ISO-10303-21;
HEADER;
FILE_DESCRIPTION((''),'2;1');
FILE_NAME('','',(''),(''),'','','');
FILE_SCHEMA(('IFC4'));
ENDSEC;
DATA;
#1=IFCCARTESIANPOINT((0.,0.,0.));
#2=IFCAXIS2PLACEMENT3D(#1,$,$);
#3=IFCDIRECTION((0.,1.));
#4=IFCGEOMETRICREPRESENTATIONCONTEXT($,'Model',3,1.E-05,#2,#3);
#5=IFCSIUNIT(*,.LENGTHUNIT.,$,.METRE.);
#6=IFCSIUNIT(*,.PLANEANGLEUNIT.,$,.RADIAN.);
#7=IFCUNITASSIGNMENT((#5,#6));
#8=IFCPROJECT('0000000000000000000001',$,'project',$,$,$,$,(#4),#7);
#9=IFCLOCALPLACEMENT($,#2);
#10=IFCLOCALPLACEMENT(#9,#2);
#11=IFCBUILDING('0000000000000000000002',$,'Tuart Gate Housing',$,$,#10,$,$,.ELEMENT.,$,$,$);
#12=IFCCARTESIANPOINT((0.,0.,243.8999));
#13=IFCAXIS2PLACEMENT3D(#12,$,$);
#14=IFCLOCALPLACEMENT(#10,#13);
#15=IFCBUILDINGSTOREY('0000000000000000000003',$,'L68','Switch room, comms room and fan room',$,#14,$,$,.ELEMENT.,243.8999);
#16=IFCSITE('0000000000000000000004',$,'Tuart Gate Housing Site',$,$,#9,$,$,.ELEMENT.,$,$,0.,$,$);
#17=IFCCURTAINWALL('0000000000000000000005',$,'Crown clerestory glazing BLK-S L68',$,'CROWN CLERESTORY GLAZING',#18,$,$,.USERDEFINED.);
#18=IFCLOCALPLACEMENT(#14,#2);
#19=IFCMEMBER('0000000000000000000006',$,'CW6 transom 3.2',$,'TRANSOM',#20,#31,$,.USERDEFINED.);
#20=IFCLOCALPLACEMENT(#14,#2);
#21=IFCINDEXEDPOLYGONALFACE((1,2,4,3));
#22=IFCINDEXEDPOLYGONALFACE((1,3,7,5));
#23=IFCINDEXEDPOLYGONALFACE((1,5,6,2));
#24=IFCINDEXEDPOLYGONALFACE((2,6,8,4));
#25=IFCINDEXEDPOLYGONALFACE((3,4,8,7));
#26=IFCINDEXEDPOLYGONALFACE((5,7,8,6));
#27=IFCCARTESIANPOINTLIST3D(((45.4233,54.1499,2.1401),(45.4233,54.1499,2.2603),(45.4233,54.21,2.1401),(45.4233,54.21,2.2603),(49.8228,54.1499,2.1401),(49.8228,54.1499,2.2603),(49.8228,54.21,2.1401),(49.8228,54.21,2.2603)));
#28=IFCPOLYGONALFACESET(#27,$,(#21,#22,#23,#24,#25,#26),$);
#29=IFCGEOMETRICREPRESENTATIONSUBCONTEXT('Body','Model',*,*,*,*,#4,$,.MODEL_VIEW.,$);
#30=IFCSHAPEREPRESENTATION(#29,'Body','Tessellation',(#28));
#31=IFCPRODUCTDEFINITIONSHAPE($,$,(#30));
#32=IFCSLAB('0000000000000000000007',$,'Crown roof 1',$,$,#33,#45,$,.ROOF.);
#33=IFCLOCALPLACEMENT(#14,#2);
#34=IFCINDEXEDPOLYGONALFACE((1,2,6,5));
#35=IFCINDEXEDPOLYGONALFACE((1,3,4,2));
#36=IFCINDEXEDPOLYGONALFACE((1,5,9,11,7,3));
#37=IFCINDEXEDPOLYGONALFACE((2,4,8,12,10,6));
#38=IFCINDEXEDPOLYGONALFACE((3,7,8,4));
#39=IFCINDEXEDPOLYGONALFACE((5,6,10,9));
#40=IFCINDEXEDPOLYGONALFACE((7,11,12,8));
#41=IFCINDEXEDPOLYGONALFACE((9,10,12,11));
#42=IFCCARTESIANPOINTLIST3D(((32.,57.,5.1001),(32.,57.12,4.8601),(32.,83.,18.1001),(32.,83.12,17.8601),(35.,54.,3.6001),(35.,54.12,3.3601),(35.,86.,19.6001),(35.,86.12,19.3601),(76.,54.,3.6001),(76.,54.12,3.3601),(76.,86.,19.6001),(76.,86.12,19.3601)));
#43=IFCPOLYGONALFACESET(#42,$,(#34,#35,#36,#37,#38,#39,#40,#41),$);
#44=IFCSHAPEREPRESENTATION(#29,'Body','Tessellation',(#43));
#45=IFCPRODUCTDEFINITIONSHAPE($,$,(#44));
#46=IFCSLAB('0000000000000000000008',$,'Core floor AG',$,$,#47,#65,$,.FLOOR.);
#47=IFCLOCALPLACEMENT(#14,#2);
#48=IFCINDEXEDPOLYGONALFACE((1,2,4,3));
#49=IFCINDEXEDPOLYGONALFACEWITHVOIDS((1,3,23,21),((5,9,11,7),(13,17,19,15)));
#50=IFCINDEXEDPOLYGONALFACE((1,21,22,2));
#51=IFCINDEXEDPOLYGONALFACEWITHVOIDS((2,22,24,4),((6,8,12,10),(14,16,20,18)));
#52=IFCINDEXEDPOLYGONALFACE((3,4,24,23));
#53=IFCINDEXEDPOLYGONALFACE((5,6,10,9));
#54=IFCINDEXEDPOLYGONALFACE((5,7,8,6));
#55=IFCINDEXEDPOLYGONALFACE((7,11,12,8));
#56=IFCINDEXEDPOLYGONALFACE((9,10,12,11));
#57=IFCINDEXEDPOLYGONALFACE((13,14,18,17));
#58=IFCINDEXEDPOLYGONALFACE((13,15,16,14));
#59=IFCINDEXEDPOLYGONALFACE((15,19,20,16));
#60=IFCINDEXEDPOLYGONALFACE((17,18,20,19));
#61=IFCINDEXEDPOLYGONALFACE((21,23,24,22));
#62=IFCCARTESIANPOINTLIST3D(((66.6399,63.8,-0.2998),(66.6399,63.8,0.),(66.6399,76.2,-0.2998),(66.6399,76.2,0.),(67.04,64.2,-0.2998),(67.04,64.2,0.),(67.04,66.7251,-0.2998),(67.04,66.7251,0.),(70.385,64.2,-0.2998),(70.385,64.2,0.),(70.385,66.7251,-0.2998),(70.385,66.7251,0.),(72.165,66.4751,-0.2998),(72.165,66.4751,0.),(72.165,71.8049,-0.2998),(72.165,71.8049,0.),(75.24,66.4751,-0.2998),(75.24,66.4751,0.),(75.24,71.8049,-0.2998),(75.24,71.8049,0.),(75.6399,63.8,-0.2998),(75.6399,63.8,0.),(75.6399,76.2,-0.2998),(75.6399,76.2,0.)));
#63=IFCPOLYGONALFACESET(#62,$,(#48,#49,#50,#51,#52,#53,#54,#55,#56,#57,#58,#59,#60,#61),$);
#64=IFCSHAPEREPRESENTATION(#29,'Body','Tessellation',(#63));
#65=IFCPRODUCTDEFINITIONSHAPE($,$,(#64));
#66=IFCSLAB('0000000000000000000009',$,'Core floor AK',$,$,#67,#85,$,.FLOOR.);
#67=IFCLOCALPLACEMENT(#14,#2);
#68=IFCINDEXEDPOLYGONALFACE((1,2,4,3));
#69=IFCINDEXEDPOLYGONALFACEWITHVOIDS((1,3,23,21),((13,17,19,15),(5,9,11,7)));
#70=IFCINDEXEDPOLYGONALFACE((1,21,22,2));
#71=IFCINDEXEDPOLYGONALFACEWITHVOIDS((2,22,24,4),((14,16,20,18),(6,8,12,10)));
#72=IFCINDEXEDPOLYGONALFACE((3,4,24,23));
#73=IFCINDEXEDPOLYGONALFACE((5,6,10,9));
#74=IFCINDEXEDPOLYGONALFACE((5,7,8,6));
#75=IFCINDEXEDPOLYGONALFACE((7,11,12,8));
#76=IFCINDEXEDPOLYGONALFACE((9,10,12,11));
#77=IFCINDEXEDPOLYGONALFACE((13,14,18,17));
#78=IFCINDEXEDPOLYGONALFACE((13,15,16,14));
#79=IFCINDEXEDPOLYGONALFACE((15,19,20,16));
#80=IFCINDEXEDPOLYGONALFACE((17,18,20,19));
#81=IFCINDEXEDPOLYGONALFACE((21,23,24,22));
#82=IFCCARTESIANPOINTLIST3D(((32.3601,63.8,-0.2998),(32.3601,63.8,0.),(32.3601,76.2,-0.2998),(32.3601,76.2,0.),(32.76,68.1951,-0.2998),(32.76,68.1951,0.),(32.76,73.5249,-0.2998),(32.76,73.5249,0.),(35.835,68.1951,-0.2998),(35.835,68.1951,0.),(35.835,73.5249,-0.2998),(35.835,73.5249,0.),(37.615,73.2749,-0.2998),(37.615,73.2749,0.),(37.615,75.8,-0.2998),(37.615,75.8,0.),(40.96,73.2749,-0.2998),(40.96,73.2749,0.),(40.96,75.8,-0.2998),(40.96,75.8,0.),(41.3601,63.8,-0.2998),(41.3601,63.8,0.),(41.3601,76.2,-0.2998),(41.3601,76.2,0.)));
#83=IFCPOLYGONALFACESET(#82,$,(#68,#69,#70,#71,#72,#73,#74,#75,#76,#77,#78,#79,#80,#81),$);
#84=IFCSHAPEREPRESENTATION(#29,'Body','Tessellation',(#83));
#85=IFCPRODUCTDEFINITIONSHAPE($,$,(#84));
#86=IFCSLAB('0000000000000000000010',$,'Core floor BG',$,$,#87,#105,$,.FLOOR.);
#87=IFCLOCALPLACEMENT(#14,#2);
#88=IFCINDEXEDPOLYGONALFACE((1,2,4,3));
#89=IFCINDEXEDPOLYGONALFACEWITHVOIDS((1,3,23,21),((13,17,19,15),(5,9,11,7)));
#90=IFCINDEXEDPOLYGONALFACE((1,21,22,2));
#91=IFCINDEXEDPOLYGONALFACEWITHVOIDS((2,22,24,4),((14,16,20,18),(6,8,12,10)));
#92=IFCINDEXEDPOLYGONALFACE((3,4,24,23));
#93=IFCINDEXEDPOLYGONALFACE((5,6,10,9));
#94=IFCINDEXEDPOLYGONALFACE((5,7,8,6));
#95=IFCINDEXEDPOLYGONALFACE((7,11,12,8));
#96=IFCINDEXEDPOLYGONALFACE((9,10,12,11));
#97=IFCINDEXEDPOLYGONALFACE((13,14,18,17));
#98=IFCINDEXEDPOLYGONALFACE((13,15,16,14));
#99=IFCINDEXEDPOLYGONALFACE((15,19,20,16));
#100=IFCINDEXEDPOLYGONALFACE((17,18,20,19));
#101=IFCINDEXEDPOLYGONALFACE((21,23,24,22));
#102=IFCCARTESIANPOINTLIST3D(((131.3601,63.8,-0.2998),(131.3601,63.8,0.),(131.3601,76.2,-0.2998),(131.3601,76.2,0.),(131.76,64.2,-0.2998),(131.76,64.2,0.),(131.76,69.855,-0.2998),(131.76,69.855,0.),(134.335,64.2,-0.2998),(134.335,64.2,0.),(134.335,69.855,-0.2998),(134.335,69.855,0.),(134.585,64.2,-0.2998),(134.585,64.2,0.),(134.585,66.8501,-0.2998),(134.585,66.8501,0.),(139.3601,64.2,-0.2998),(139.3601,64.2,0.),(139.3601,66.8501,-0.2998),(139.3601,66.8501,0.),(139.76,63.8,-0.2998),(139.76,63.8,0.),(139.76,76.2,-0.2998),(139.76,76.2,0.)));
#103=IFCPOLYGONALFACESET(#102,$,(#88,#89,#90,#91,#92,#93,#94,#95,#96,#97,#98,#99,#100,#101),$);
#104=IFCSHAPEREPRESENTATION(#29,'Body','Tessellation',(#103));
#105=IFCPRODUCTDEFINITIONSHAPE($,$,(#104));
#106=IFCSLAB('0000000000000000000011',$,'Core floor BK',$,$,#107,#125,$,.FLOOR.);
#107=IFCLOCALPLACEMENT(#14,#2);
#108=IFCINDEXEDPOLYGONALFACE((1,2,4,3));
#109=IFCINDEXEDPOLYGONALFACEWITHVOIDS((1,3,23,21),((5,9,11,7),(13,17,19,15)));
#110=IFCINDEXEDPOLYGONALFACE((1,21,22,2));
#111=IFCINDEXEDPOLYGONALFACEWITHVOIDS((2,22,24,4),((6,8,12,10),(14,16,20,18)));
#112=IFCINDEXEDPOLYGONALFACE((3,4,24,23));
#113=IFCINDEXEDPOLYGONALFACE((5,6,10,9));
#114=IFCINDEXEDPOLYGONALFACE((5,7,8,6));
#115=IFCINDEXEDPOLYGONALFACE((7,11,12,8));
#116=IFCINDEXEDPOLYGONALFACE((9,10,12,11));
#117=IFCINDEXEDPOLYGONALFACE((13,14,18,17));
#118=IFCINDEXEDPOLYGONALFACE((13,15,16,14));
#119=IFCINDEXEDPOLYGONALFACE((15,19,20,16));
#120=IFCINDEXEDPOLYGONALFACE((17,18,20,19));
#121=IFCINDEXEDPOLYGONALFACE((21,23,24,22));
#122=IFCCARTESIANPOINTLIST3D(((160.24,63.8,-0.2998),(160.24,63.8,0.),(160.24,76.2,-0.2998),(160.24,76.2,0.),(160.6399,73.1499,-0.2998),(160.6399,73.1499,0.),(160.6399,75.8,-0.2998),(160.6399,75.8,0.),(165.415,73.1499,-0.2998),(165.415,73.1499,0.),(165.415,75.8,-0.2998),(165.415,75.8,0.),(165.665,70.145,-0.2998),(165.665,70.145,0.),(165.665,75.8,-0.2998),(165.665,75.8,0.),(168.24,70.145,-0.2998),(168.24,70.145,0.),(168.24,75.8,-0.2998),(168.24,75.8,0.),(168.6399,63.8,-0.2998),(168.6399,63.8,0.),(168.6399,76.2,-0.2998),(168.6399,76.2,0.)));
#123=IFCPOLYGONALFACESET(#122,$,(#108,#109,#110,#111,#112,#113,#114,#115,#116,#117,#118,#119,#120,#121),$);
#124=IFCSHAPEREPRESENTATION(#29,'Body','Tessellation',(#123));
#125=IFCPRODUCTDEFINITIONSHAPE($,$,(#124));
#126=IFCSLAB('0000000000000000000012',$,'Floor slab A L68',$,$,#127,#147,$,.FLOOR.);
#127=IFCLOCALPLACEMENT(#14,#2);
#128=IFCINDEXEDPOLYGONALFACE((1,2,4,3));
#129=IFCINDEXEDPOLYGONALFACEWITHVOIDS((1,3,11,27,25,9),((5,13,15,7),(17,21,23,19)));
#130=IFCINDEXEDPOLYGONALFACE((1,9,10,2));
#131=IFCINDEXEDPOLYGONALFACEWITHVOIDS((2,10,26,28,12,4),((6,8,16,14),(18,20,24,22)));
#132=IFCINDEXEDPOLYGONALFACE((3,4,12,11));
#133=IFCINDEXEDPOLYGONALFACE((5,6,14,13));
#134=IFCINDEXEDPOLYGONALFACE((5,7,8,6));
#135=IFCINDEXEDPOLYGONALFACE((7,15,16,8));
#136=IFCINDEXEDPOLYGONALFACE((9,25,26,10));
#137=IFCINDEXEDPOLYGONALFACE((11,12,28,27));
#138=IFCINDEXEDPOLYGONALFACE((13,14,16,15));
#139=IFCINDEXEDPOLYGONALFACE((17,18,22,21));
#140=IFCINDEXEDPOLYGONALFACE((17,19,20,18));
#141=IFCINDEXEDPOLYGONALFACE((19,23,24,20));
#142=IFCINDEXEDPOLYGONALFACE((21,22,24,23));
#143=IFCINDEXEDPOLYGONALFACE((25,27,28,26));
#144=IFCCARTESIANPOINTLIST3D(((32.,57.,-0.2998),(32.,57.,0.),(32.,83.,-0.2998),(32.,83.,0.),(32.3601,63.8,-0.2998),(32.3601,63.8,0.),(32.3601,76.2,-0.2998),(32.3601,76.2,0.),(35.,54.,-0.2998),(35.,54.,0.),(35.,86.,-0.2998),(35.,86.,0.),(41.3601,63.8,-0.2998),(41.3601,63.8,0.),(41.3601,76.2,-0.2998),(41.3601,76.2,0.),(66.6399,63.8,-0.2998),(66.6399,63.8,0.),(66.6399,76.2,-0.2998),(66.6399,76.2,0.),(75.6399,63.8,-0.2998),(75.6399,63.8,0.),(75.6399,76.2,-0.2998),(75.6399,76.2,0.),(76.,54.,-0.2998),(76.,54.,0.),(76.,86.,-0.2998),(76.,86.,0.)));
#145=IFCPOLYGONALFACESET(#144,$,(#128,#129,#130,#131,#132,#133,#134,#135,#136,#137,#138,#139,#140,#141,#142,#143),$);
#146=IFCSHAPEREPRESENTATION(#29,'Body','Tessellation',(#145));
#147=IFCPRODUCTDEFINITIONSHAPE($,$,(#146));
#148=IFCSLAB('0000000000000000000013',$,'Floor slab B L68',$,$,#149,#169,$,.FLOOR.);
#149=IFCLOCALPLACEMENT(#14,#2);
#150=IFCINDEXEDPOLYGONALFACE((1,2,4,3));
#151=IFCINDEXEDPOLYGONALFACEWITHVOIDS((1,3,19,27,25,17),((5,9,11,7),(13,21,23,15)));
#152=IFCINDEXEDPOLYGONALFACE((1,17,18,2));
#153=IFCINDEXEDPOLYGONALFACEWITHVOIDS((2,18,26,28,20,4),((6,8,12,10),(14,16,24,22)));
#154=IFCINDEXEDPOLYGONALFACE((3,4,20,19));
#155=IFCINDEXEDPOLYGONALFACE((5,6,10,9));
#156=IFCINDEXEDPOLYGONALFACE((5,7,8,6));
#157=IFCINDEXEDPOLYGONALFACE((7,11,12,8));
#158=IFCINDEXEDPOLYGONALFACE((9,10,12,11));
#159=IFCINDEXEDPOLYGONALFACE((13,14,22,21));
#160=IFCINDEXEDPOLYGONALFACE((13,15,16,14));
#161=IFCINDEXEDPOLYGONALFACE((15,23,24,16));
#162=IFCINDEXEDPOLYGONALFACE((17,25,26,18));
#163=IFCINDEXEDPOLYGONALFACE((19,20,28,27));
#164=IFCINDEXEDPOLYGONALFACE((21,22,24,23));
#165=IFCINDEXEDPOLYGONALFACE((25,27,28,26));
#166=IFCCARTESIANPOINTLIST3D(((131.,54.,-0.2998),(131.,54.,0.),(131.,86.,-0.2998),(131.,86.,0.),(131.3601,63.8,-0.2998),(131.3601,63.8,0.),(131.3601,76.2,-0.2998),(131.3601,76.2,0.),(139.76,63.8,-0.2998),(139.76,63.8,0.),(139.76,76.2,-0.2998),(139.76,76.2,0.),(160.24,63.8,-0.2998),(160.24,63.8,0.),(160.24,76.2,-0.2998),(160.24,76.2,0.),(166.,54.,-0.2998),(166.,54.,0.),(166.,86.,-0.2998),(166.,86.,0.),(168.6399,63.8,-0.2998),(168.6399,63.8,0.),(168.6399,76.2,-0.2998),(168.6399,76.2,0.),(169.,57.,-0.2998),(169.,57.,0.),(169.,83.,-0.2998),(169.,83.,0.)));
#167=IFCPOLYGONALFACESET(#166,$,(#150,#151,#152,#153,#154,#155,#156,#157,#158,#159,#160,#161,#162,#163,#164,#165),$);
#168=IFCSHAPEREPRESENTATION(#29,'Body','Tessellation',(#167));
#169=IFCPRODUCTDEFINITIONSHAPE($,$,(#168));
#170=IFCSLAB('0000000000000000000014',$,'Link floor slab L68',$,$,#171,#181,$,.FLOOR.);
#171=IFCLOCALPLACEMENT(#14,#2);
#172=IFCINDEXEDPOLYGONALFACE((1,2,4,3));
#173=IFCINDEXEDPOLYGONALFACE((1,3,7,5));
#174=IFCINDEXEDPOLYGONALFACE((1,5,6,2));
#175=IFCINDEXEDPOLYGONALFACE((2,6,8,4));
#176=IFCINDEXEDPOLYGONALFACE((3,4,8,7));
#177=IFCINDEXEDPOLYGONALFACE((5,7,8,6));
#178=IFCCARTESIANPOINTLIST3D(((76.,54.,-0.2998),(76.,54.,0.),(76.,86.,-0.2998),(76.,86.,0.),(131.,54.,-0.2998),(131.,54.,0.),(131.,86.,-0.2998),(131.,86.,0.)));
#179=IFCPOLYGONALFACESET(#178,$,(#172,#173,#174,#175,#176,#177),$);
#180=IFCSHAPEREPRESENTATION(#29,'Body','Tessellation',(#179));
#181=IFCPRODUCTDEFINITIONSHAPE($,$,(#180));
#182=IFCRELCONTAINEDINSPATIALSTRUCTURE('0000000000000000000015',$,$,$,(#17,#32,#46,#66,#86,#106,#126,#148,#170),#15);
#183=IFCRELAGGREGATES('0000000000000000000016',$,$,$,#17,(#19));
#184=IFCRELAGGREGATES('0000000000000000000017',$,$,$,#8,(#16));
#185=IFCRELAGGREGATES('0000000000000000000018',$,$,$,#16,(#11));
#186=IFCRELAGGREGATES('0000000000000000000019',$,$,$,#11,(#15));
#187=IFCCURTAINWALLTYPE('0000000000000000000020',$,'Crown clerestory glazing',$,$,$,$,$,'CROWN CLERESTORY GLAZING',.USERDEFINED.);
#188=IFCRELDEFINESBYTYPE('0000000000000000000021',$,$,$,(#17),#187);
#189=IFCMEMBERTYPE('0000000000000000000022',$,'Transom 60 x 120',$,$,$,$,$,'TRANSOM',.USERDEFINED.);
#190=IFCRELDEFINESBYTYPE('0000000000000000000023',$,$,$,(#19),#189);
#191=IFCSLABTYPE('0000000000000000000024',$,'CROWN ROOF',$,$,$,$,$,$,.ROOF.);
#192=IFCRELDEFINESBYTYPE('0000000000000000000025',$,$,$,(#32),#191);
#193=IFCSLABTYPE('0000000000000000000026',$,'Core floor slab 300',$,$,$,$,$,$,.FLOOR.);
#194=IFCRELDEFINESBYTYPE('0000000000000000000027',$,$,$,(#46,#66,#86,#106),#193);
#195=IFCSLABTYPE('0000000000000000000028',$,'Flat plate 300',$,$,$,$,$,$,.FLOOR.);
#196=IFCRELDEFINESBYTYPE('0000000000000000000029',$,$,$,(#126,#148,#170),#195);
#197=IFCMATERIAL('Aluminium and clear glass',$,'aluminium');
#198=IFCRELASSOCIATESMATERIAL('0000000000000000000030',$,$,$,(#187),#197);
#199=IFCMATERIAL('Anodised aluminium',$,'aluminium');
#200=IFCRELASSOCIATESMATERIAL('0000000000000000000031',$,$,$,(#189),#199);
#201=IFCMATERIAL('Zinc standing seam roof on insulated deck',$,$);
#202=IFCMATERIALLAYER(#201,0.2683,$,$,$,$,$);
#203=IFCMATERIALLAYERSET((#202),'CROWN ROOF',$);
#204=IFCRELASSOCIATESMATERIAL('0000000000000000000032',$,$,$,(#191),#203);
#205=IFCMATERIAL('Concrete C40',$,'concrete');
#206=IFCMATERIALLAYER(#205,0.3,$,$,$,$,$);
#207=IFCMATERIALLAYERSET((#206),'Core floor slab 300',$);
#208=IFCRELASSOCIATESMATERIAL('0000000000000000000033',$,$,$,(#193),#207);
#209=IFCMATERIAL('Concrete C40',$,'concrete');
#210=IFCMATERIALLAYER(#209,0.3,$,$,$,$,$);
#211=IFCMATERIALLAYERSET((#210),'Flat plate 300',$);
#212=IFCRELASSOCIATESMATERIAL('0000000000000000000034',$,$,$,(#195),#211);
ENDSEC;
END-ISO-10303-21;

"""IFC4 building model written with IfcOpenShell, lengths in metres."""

from ifc_helpers import new_model, si_unit, direction, frame, origin, origin_2d, place, context, subcontext, project, spatial, polyline, rectangle, outline, extrude, material, layer, layer_set, material_profile, profile_set, type_object, element, aggregate, save


model = new_model("IFC4")

# Units and contexts
model_context = context("Model", 3, precision=1e-05, world=origin(), true_north=direction((0.0, 1.0)))
body_context = subcontext(model_context, "Body", "Model", "MODEL_VIEW")
ifc_project = project(units=[si_unit("LENGTHUNIT", "METRE"), si_unit("PLANEANGLEUNIT", "RADIAN")], contexts=[model_context])

# Site, building, storey
site_placement = place(None, origin())
site = spatial("IfcSite", under=ifc_project, at=site_placement, Name="Tuart Gate Housing Site", CompositionType="ELEMENT", RefElevation=0.0)
building_placement = place(site_placement, origin())
building = spatial("IfcBuilding", under=site, at=building_placement, Name="Tuart Gate Housing", CompositionType="ELEMENT")
storey_placement = place(building_placement, frame((0.0, 0.0, 243.8999)))
storey = spatial("IfcBuildingStorey", under=building, at=storey_placement, Name="L68", Description="Switch room, comms room and fan room", CompositionType="ELEMENT", Elevation=243.8999)

# Curtain wall, member
ifc_material_1 = material(Name="Aluminium and clear glass", Category="aluminium")
curtain_wall_type = type_object("IfcCurtainWallType", Name="Crown clerestory glazing", ElementType="CROWN CLERESTORY GLAZING", PredefinedType="USERDEFINED", material=ifc_material_1)
curtain_wall_placement = place(storey_placement, origin())
curtain_wall = element("IfcCurtainWall", 1, at=curtain_wall_placement, inside=storey, type_object=curtain_wall_type, Name="Crown clerestory glazing BLK-S L68", ObjectType="CROWN CLERESTORY GLAZING", PredefinedType="USERDEFINED")
ifc_material_2 = material(Name="Anodised aluminium", Category="aluminium")
ifc_material_profile_1 = material_profile(ifc_material_2, rectangle(XDim=0.0601, YDim=0.1201, at=origin_2d()), Name="60x120")
ifc_profile_set_1 = profile_set([ifc_material_profile_1], Name="Anodised aluminium")
member_type_1 = type_object("IfcMemberType", Name="Transom 60 x 120", ElementType="TRANSOM", PredefinedType="USERDEFINED", material=ifc_profile_set_1)
member_1_placement = place(storey_placement, frame((45.4233, 54.1799, 2.2002), z_axis=(1.0, 0.0, 0.0), x_axis=(0.0, 1.0, 0.0)))
member_1 = element("IfcMember", 2, at=member_1_placement, type_object=member_type_1, Name="CW6 transom 3.2", ObjectType="TRANSOM", PredefinedType="USERDEFINED", context=body_context, shape_type="SweptSolid", body=[
    extrude(rectangle(XDim=0.0601, YDim=0.1201, at=origin_2d()), origin(), (0.0, 0.0, 1.0), 4.3994),
])

# Slabs
ifc_material_3 = material(Name="Zinc standing seam roof on insulated deck")
ifc_layer_1 = layer(ifc_material_3, 0.2683)
ifc_layer_set_1 = layer_set([ifc_layer_1], Name="CROWN ROOF")
slab_type_1 = type_object("IfcSlabType", Name="CROWN ROOF", PredefinedType="ROOF", material=ifc_layer_set_1)
slab_1_placement = place(storey_placement, frame((35.0, 54.0, 3.6001), z_axis=(0.0, -0.447214, 0.894427), x_axis=(-0.666667, 0.666667, 0.333333)))
element("IfcSlab", 3, at=slab_1_placement, inside=storey, type_object=slab_type_1, Name="Crown roof 1", PredefinedType="ROOF", context=body_context, shape_type="SweptSolid", body=[
    extrude(outline(polyline([(0.0, 0.0), (4.5, 0.0), (26.1667, -19.3793), (26.6667, -23.8514), (-0.6667, -54.411), (-27.3333, -30.5596), (0.0, 0.0)])), origin(), (0.0, 0.0, -1.0), 0.2683),
])
ifc_material_4 = material(Name="Concrete C40", Category="concrete")
ifc_layer_2 = layer(ifc_material_4, 0.3)
ifc_layer_set_2 = layer_set([ifc_layer_2], Name="Core floor slab 300")
slab_type_2 = type_object("IfcSlabType", Name="Core floor slab 300", PredefinedType="FLOOR", material=ifc_layer_set_2)
slab_2_placement = place(storey_placement, frame((0.0, 0.0, -0.2998)))
element("IfcSlab", 4, at=slab_2_placement, inside=storey, type_object=slab_type_2, Name="Core floor AG", PredefinedType="FLOOR", context=body_context, shape_type="SweptSolid", body=[
    extrude(outline(polyline([(66.6399, 63.8), (75.6399, 63.8), (75.6399, 76.2), (66.6399, 76.2), (66.6399, 63.8)]), holes=[polyline([(67.04, 64.2), (70.385, 64.2), (70.385, 66.7251), (67.04, 66.7251), (67.04, 64.2)]), polyline([(72.165, 66.4751), (75.24, 66.4751), (75.24, 71.8049), (72.165, 71.8049), (72.165, 66.4751)])]), origin(), (0.0, 0.0, 1.0), 0.2998),
])
slab_3_placement = place(storey_placement, frame((0.0, 0.0, -0.2998)))
element("IfcSlab", 5, at=slab_3_placement, inside=storey, type_object=slab_type_2, Name="Core floor AK", PredefinedType="FLOOR", context=body_context, shape_type="SweptSolid", body=[
    extrude(outline(polyline([(32.3601, 63.8), (41.3601, 63.8), (41.3601, 76.2), (32.3601, 76.2), (32.3601, 63.8)]), holes=[polyline([(40.96, 75.8), (37.615, 75.8), (37.615, 73.2749), (40.96, 73.2749), (40.96, 75.8)]), polyline([(35.835, 73.5249), (32.76, 73.5249), (32.76, 68.1951), (35.835, 68.1951), (35.835, 73.5249)])]), origin(), (0.0, 0.0, 1.0), 0.2998),
])
slab_4_placement = place(storey_placement, frame((0.0, 0.0, -0.2998)))
element("IfcSlab", 6, at=slab_4_placement, inside=storey, type_object=slab_type_2, Name="Core floor BG", PredefinedType="FLOOR", context=body_context, shape_type="SweptSolid", body=[
    extrude(outline(polyline([(131.3601, 63.8), (139.76, 63.8), (139.76, 76.2), (131.3601, 76.2), (131.3601, 63.8)]), holes=[polyline([(139.3601, 66.8501), (134.585, 66.8501), (134.585, 64.2), (139.3601, 64.2), (139.3601, 66.8501)]), polyline([(134.335, 69.855), (131.76, 69.855), (131.76, 64.2), (134.335, 64.2), (134.335, 69.855)])]), origin(), (0.0, 0.0, 1.0), 0.2998),
])
slab_5_placement = place(storey_placement, frame((0.0, 0.0, -0.2998)))
element("IfcSlab", 7, at=slab_5_placement, inside=storey, type_object=slab_type_2, Name="Core floor BK", PredefinedType="FLOOR", context=body_context, shape_type="SweptSolid", body=[
    extrude(outline(polyline([(160.24, 63.8), (168.6399, 63.8), (168.6399, 76.2), (160.24, 76.2), (160.24, 63.8)]), holes=[polyline([(160.6399, 73.1499), (165.415, 73.1499), (165.415, 75.8), (160.6399, 75.8), (160.6399, 73.1499)]), polyline([(165.665, 70.145), (168.24, 70.145), (168.24, 75.8), (165.665, 75.8), (165.665, 70.145)])]), origin(), (0.0, 0.0, 1.0), 0.2998),
])
ifc_material_5 = material(Name="Concrete C40", Category="concrete")
ifc_layer_3 = layer(ifc_material_5, 0.3)
ifc_layer_set_3 = layer_set([ifc_layer_3], Name="Flat plate 300")
slab_type_3 = type_object("IfcSlabType", Name="Flat plate 300", PredefinedType="FLOOR", material=ifc_layer_set_3)
slab_6_placement = place(storey_placement, frame((0.0, 0.0, -0.2998)))
element("IfcSlab", 8, at=slab_6_placement, inside=storey, type_object=slab_type_3, Name="Floor slab A L68", PredefinedType="FLOOR", context=body_context, shape_type="SweptSolid", body=[
    extrude(outline(polyline([(35.0, 86.0), (32.0, 83.0), (32.0, 57.0), (35.0, 54.0), (76.0, 54.0), (76.0, 86.0), (35.0, 86.0)]), holes=[polyline([(66.6399, 76.2), (75.6399, 76.2), (75.6399, 63.8), (66.6399, 63.8), (66.6399, 76.2)]), polyline([(41.3601, 76.2), (41.3601, 63.8), (32.3601, 63.8), (32.3601, 76.2), (41.3601, 76.2)])]), origin(), (0.0, 0.0, 1.0), 0.2998),
])
slab_7_placement = place(storey_placement, frame((0.0, 0.0, -0.2998)))
element("IfcSlab", 9, at=slab_7_placement, inside=storey, type_object=slab_type_3, Name="Floor slab B L68", PredefinedType="FLOOR", context=body_context, shape_type="SweptSolid", body=[
    extrude(outline(polyline([(166.0, 86.0), (131.0, 86.0), (131.0, 54.0), (166.0, 54.0), (169.0, 57.0), (169.0, 83.0), (166.0, 86.0)]), holes=[polyline([(131.3601, 76.2), (139.76, 76.2), (139.76, 63.8), (131.3601, 63.8), (131.3601, 76.2)]), polyline([(168.6399, 76.2), (168.6399, 63.8), (160.24, 63.8), (160.24, 76.2), (168.6399, 76.2)])]), origin(), (0.0, 0.0, 1.0), 0.2998),
])
slab_8_placement = place(storey_placement, frame((0.0, 0.0, -0.2998)))
element("IfcSlab", 10, at=slab_8_placement, inside=storey, type_object=slab_type_3, Name="Link floor slab L68", PredefinedType="FLOOR", context=body_context, shape_type="SweptSolid", body=[
    extrude(outline(polyline([(76.0, 54.0), (131.0, 54.0), (131.0, 86.0), (76.0, 86.0), (76.0, 54.0)])), origin(), (0.0, 0.0, 1.0), 0.2998),
])

aggregate(curtain_wall, [member_1])

save(model, "model.ifc")
